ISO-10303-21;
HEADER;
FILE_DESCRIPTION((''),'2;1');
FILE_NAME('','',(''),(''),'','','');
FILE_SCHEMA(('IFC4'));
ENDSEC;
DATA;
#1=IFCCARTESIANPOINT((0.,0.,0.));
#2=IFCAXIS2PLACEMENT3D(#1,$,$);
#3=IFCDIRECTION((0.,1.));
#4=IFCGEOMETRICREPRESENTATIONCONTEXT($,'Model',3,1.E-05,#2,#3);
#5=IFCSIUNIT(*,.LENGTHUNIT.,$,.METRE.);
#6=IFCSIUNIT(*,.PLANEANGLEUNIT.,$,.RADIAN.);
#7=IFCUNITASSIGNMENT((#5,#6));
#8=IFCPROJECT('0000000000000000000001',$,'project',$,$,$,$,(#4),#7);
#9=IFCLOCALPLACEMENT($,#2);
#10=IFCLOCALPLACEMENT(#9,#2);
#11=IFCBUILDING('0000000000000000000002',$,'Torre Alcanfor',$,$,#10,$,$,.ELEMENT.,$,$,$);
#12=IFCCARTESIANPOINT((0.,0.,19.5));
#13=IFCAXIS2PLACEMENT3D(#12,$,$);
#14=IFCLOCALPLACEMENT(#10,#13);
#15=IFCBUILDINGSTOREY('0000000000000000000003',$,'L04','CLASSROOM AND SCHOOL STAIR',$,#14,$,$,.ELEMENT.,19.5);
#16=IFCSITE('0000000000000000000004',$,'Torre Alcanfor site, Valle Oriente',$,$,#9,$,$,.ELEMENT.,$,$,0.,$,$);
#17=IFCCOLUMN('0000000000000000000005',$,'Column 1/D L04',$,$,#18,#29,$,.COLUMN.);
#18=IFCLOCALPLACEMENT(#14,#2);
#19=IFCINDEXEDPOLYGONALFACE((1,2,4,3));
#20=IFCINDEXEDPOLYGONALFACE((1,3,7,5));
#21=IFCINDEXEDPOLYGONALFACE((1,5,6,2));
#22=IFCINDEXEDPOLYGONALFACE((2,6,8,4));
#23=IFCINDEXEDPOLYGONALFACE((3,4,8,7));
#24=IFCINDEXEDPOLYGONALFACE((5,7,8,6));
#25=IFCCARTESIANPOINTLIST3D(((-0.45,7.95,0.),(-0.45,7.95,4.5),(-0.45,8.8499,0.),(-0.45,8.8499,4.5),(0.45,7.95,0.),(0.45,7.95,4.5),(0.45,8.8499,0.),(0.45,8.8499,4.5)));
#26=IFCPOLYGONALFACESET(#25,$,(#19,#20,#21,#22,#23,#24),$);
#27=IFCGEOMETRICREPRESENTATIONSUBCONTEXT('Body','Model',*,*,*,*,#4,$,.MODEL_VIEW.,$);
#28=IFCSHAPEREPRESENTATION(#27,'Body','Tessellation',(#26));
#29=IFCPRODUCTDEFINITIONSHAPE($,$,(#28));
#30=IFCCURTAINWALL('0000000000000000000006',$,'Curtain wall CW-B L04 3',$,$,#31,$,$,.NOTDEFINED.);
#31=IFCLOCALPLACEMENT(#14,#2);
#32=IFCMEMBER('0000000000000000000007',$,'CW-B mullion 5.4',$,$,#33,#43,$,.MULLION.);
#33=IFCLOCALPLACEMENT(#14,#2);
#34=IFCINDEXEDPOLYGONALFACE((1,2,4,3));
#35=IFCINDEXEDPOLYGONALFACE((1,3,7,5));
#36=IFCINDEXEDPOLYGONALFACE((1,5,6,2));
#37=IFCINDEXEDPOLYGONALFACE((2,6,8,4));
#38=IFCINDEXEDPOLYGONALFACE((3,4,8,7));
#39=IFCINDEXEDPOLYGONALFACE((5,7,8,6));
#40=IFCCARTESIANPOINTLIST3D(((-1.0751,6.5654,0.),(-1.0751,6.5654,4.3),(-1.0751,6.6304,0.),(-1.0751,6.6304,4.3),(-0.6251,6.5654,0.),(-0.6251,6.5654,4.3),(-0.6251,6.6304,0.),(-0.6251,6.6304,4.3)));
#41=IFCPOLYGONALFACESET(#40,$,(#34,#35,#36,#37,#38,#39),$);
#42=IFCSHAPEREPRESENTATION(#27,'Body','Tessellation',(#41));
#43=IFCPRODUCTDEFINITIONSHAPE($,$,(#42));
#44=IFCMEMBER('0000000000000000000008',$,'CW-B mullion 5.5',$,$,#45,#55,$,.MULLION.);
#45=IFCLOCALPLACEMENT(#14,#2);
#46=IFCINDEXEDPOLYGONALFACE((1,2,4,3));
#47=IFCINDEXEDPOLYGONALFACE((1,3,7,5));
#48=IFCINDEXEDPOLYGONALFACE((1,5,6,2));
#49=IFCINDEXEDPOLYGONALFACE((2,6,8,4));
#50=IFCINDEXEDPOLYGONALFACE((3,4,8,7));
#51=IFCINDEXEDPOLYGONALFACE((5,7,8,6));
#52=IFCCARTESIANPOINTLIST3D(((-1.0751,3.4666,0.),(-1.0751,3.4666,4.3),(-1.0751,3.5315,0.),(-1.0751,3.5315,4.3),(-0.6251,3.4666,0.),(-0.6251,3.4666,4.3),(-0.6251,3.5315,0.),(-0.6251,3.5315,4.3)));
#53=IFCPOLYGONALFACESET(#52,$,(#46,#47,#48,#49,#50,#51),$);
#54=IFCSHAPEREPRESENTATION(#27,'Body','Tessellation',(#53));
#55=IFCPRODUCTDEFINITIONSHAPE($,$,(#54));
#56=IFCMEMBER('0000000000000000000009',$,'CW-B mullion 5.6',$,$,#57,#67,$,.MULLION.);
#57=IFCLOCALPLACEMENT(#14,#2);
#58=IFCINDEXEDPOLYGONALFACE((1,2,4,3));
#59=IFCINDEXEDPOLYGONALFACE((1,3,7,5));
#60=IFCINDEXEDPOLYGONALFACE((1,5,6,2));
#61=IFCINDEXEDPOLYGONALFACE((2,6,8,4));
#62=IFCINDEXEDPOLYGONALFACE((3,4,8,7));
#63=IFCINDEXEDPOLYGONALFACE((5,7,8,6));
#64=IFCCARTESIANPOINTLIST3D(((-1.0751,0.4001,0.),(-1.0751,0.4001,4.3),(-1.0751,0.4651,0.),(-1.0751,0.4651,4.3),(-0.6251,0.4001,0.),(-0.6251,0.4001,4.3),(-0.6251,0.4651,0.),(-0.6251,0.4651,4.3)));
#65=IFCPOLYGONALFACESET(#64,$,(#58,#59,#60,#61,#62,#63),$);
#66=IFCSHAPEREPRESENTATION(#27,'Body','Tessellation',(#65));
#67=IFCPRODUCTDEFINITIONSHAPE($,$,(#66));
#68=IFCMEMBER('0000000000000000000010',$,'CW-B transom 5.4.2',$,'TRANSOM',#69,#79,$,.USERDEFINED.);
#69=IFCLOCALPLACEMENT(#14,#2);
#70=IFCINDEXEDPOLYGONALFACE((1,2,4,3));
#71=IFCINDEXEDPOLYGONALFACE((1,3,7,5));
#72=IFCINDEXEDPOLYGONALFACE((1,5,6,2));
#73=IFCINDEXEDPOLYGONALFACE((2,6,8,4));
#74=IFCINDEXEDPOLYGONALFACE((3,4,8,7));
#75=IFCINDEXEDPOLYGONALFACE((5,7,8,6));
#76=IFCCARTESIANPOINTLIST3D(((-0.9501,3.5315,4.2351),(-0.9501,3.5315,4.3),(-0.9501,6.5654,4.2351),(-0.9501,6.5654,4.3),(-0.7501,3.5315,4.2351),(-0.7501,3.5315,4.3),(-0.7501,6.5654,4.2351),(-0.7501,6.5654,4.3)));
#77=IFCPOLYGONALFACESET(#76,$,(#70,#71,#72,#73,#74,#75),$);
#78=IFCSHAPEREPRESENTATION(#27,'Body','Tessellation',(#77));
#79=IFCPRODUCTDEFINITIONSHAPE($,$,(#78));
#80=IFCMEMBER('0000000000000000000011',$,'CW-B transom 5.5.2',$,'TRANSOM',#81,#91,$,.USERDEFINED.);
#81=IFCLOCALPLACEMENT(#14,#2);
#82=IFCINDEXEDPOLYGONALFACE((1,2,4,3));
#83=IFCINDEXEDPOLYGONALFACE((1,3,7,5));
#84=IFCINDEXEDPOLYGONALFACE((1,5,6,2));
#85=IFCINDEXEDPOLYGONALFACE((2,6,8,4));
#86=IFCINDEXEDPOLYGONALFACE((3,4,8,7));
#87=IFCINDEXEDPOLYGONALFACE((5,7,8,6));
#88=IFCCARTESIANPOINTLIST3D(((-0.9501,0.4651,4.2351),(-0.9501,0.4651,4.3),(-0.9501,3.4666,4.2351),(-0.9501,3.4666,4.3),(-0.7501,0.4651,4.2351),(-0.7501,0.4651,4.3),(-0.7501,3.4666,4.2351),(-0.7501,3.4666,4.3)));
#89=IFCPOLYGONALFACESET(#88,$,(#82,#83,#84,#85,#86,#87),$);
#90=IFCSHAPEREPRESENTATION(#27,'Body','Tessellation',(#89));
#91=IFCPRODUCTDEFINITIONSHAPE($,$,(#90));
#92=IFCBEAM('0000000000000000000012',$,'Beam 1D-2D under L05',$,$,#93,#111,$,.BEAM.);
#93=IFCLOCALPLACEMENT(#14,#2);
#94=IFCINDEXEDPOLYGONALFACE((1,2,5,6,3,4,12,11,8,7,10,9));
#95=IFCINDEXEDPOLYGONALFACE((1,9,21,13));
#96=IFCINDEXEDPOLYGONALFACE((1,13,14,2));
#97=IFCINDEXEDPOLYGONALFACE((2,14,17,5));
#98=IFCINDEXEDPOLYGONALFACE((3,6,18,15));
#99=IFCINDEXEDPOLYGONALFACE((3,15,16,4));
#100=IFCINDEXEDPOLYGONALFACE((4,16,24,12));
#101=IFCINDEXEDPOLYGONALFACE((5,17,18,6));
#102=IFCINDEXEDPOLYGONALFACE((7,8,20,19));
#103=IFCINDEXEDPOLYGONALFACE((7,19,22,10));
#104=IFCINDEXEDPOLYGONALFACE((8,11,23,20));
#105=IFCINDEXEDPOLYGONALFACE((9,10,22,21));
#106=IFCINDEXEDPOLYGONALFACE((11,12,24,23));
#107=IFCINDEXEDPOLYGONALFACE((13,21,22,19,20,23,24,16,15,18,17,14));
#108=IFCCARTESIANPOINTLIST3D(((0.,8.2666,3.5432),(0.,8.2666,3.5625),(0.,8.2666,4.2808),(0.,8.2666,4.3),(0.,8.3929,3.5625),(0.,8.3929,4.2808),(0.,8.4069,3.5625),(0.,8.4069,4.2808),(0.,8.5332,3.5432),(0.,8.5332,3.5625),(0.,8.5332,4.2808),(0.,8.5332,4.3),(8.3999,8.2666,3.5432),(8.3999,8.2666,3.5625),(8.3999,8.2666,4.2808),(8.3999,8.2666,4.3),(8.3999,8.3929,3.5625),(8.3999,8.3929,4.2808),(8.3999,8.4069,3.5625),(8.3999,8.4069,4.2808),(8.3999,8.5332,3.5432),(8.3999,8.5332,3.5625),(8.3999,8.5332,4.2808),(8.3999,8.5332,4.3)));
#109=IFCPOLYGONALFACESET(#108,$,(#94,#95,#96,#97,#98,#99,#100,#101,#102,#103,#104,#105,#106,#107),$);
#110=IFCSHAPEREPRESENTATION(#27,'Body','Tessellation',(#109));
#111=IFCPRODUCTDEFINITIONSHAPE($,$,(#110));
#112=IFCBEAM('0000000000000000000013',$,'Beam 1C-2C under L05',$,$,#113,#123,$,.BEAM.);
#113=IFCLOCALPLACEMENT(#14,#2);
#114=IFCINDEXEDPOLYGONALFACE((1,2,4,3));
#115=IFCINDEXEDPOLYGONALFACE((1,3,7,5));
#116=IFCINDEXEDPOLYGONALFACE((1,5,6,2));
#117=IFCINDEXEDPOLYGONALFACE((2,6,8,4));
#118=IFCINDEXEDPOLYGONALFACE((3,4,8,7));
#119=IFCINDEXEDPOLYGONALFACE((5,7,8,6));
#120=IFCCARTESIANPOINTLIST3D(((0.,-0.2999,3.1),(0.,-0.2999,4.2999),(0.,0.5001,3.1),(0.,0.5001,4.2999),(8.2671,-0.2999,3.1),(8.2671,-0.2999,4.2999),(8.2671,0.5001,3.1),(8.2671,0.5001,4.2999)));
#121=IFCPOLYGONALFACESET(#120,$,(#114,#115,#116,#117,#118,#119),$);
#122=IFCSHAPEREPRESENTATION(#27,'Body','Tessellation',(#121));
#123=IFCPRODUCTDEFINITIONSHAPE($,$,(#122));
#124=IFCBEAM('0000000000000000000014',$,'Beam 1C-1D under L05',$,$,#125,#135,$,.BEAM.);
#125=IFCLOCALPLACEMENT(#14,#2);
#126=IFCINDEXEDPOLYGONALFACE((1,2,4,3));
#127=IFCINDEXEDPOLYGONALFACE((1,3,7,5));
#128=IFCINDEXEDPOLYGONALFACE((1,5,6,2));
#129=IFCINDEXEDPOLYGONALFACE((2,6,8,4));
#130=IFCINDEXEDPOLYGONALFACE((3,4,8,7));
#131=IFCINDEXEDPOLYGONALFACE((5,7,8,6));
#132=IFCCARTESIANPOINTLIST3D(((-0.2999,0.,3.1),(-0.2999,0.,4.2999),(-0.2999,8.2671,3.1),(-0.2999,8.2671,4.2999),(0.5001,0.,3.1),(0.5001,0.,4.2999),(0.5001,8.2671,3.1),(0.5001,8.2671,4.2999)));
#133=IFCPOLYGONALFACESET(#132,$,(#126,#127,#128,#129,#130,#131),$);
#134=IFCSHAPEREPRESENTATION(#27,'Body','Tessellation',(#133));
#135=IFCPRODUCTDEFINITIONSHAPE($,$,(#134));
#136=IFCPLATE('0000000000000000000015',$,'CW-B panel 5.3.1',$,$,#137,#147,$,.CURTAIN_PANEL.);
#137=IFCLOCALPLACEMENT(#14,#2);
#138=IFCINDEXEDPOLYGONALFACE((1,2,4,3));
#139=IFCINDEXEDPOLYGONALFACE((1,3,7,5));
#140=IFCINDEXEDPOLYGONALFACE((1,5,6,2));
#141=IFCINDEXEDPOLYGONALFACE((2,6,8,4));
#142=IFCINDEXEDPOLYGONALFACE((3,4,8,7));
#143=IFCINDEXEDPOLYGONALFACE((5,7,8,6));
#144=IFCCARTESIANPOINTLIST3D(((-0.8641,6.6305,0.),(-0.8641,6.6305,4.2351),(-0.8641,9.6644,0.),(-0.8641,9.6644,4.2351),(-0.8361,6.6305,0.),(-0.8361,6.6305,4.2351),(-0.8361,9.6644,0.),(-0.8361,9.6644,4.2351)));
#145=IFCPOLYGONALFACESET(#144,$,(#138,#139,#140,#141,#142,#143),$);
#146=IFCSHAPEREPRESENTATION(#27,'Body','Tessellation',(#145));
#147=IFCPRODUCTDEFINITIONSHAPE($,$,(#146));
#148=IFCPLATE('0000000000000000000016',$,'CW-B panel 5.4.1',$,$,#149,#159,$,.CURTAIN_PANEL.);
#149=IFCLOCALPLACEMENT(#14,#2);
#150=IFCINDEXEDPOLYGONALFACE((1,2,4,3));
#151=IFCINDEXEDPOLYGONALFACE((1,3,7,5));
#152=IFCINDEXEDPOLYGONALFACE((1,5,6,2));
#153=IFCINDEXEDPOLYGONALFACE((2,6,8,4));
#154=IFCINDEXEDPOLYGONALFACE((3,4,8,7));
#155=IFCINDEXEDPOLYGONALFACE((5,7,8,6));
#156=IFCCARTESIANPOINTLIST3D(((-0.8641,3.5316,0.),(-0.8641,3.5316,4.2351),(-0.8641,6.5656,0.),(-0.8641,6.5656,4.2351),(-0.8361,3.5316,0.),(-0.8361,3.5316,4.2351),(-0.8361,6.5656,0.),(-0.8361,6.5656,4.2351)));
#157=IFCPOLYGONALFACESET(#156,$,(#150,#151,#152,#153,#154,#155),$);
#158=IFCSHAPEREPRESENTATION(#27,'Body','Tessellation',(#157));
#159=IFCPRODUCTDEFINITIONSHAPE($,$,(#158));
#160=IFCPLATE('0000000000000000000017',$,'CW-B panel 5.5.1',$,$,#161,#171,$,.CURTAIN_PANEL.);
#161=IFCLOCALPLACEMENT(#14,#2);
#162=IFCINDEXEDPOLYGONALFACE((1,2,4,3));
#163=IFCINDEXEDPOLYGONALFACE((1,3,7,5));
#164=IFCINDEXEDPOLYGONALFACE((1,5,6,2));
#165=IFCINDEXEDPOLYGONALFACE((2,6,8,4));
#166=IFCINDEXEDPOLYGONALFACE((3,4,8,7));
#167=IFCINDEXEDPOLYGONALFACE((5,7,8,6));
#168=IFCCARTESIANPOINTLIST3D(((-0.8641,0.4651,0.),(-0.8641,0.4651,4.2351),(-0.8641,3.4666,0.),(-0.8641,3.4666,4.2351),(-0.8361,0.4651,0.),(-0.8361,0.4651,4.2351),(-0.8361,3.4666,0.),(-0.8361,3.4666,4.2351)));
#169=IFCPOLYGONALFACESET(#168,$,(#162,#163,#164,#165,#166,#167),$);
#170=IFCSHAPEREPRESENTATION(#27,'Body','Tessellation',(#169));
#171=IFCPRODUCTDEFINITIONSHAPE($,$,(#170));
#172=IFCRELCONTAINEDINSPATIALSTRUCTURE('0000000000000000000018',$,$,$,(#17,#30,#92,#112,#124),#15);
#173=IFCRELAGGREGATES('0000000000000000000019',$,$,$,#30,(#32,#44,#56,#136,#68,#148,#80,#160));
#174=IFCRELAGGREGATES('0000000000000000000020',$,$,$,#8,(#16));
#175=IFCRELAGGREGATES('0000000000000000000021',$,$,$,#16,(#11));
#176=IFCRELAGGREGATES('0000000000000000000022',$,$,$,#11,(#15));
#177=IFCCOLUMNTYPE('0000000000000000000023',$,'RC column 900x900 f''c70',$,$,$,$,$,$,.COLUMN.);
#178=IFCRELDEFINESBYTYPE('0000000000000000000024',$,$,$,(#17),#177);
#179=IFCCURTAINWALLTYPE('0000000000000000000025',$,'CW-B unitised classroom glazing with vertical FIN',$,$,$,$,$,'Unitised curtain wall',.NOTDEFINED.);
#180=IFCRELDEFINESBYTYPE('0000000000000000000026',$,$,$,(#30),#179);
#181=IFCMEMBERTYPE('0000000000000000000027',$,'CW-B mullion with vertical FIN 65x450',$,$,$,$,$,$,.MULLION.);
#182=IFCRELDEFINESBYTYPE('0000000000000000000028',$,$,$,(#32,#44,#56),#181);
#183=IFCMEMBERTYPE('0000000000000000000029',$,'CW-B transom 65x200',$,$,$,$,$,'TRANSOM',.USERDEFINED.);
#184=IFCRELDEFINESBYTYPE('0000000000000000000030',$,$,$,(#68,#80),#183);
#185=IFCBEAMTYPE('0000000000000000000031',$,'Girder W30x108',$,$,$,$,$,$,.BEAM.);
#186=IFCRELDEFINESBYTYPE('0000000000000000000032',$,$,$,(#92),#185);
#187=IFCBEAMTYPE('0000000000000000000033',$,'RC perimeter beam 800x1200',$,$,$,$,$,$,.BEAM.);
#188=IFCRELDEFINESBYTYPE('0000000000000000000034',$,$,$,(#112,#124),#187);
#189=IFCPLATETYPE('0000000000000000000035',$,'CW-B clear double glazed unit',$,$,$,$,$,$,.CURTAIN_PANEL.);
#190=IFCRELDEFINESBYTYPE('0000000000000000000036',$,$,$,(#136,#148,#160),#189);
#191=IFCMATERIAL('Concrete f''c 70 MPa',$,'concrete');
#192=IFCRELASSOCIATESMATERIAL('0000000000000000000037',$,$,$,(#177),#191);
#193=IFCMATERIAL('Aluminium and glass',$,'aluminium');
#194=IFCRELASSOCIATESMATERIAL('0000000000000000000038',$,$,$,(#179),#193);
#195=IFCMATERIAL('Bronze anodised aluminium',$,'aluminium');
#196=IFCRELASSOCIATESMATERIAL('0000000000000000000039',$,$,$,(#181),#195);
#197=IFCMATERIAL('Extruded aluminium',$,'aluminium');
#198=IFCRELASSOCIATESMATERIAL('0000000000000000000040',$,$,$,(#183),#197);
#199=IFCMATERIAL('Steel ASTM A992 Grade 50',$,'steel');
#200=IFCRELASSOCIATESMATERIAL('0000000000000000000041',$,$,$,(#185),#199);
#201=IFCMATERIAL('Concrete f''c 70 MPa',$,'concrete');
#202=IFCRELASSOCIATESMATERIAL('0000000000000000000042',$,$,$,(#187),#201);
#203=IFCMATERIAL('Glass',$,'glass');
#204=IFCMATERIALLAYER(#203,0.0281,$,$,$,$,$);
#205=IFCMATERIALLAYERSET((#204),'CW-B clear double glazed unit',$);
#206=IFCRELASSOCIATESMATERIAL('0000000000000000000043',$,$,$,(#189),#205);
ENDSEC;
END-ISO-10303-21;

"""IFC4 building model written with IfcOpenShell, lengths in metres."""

from ifc_helpers import new_model, si_unit, direction, frame, origin, origin_2d, place, context, subcontext, project, spatial, rectangle, i_section, extrude, material, layer, layer_set, material_profile, profile_set, type_object, element, aggregate, save


model = new_model("IFC4")

# Units and contexts
model_context = context("Model", 3, precision=1e-05, world=origin(), true_north=direction((0.0, 1.0)))
body_context = subcontext(model_context, "Body", "Model", "MODEL_VIEW")
ifc_project = project(units=[si_unit("LENGTHUNIT", "METRE"), si_unit("PLANEANGLEUNIT", "RADIAN")], contexts=[model_context])

# Site, building, storey
site_placement = place(None, origin())
site = spatial("IfcSite", under=ifc_project, at=site_placement, Name="Torre Alcanfor site, Valle Oriente", CompositionType="ELEMENT", RefElevation=0.0)
building_placement = place(site_placement, origin())
building = spatial("IfcBuilding", under=site, at=building_placement, Name="Torre Alcanfor", CompositionType="ELEMENT")
storey_placement = place(building_placement, frame((0.0, 0.0, 19.5)))
storey = spatial("IfcBuildingStorey", under=building, at=storey_placement, Name="L04", Description="CLASSROOM AND SCHOOL STAIR", CompositionType="ELEMENT", Elevation=19.5)

# Column
ifc_material_1 = material(Name="Concrete f'c 70 MPa", Category="concrete")
ifc_material_profile_1 = material_profile(ifc_material_1, rectangle(XDim=0.8999, YDim=0.8999, at=origin_2d()), Name="900x900")
ifc_profile_set_1 = profile_set([ifc_material_profile_1], Name="Concrete f'c 70 MPa")
column_type = type_object("IfcColumnType", Name="RC column 900x900 f'c70", PredefinedType="COLUMN", material=ifc_profile_set_1)
column_placement = place(storey_placement, frame((0.0, 8.3999, 0.0), z_axis=(0.0, 0.0, 1.0), x_axis=(1.0, 0.0, 0.0)))
element("IfcColumn", 1, at=column_placement, inside=storey, type_object=column_type, Name="Column 1/D L04", PredefinedType="COLUMN", context=body_context, shape_type="SweptSolid", body=[
    extrude(rectangle(XDim=0.8999, YDim=0.8999, at=origin_2d()), origin(), (0.0, 0.0, 1.0), 4.5),
])

# Curtain wall, members
ifc_material_2 = material(Name="Aluminium and glass", Category="aluminium")
curtain_wall_type = type_object("IfcCurtainWallType", Name="CW-B unitised classroom glazing with vertical FIN", ElementType="Unitised curtain wall", PredefinedType="NOTDEFINED", material=ifc_material_2)
curtain_wall_placement = place(storey_placement, origin())
curtain_wall = element("IfcCurtainWall", 2, at=curtain_wall_placement, inside=storey, type_object=curtain_wall_type, Name="Curtain wall CW-B L04 3", PredefinedType="NOTDEFINED")
ifc_material_3 = material(Name="Bronze anodised aluminium", Category="aluminium")
ifc_material_profile_2 = material_profile(ifc_material_3, rectangle(XDim=0.45, YDim=0.0649, at=origin_2d()), Name="CW-B mullion 65x450")
ifc_profile_set_2 = profile_set([ifc_material_profile_2], Name="Bronze anodised aluminium")
member_type_1 = type_object("IfcMemberType", Name="CW-B mullion with vertical FIN 65x450", PredefinedType="MULLION", material=ifc_profile_set_2)
member_1_placement = place(storey_placement, frame((-0.8501, 6.5979, 0.0), z_axis=(0.0, 0.0, 1.0), x_axis=(1.0, 0.0, 0.0)))
member_1 = element("IfcMember", 3, at=member_1_placement, type_object=member_type_1, Name="CW-B mullion 5.4", PredefinedType="MULLION", context=body_context, shape_type="SweptSolid", body=[
    extrude(rectangle(XDim=0.45, YDim=0.0649, at=origin_2d()), origin(), (0.0, 0.0, 1.0), 4.3),
])
member_2_placement = place(storey_placement, frame((-0.8501, 3.499, 0.0), z_axis=(0.0, 0.0, 1.0), x_axis=(1.0, 0.0, 0.0)))
member_2 = element("IfcMember", 4, at=member_2_placement, type_object=member_type_1, Name="CW-B mullion 5.5", PredefinedType="MULLION", context=body_context, shape_type="SweptSolid", body=[
    extrude(rectangle(XDim=0.45, YDim=0.0649, at=origin_2d()), origin(), (0.0, 0.0, 1.0), 4.3),
])
member_3_placement = place(storey_placement, frame((-0.8501, 0.4326, 0.0), z_axis=(0.0, 0.0, 1.0), x_axis=(1.0, 0.0, 0.0)))
member_3 = element("IfcMember", 5, at=member_3_placement, type_object=member_type_1, Name="CW-B mullion 5.6", PredefinedType="MULLION", context=body_context, shape_type="SweptSolid", body=[
    extrude(rectangle(XDim=0.45, YDim=0.0649, at=origin_2d()), origin(), (0.0, 0.0, 1.0), 4.3),
])
ifc_material_4 = material(Name="Extruded aluminium", Category="aluminium")
ifc_material_profile_3 = material_profile(ifc_material_4, rectangle(XDim=0.2, YDim=0.0649, at=origin_2d()), Name="CW-B transom 200x65")
ifc_profile_set_3 = profile_set([ifc_material_profile_3], Name="Extruded aluminium")
member_type_2 = type_object("IfcMemberType", Name="CW-B transom 65x200", ElementType="TRANSOM", PredefinedType="USERDEFINED", material=ifc_profile_set_3)
member_4_placement = place(storey_placement, frame((-0.8501, 6.5654, 4.2676), z_axis=(0.0, -1.0, 0.0), x_axis=(1.0, 0.0, 0.0)))
member_4 = element("IfcMember", 6, at=member_4_placement, type_object=member_type_2, Name="CW-B transom 5.4.2", ObjectType="TRANSOM", PredefinedType="USERDEFINED", context=body_context, shape_type="SweptSolid", body=[
    extrude(rectangle(XDim=0.2, YDim=0.0649, at=origin_2d()), origin(), (0.0, 0.0, 1.0), 3.0339),
])
member_5_placement = place(storey_placement, frame((-0.8501, 3.4666, 4.2676), z_axis=(0.0, -1.0, 0.0), x_axis=(1.0, 0.0, 0.0)))
member_5 = element("IfcMember", 7, at=member_5_placement, type_object=member_type_2, Name="CW-B transom 5.5.2", ObjectType="TRANSOM", PredefinedType="USERDEFINED", context=body_context, shape_type="SweptSolid", body=[
    extrude(rectangle(XDim=0.2, YDim=0.0649, at=origin_2d()), origin(), (0.0, 0.0, 1.0), 3.0015),
])

# Beams
ifc_material_5 = material(Name="Steel ASTM A992 Grade 50", Category="steel")
ifc_material_profile_4 = material_profile(ifc_material_5, i_section(OverallWidth=0.2666, OverallDepth=0.7568, WebThickness=0.0139, FlangeThickness=0.0193, at=origin_2d()), Name="W30x108")
ifc_profile_set_4 = profile_set([ifc_material_profile_4], Name="Steel ASTM A992 Grade 50")
beam_type_1 = type_object("IfcBeamType", Name="Girder W30x108", PredefinedType="BEAM", material=ifc_profile_set_4)
beam_placement = place(storey_placement, frame((0.0, 8.3999, 3.9216), z_axis=(1.0, 0.0, 0.0), x_axis=(0.0, 1.0, 0.0)))
element("IfcBeam", 8, at=beam_placement, inside=storey, type_object=beam_type_1, Name="Beam 1D-2D under L05", PredefinedType="BEAM", context=body_context, shape_type="SweptSolid", body=[
    extrude(i_section(OverallWidth=0.2666, OverallDepth=0.7568, WebThickness=0.0139, FlangeThickness=0.0193, at=origin_2d()), origin(), (0.0, 0.0, 1.0), 8.3999),
])
ifc_material_6 = material(Name="Concrete f'c 70 MPa", Category="concrete")
ifc_material_profile_5 = material_profile(ifc_material_6, rectangle(XDim=0.8, YDim=1.2, at=origin_2d()), Name="800x1200")
ifc_profile_set_5 = profile_set([ifc_material_profile_5], Name="Concrete f'c 70 MPa")
beam_type_2 = type_object("IfcBeamType", Name="RC perimeter beam 800x1200", PredefinedType="BEAM", material=ifc_profile_set_5)
for number, where, z_axis, x_axis, name in (
    (9, (0.0, 0.1001, 3.7), (1.0, 0.0, 0.0), (0.0, 1.0, 0.0), "Beam 1C-2C under L05"),
    (10, (0.1001, 0.0, 3.7), (0.0, 1.0, 0.0), (-1.0, 0.0, 0.0), "Beam 1C-1D under L05"),
):
    element("IfcBeam", number, at=place(storey_placement, frame(where, z_axis=z_axis, x_axis=x_axis)), inside=storey, type_object=beam_type_2, Name=name, PredefinedType="BEAM", context=body_context, shape_type="SweptSolid", body=[
        extrude(rectangle(XDim=0.8, YDim=1.2, at=origin_2d()), origin(), (0.0, 0.0, 1.0), 8.2671),
    ])

# Plates
ifc_material_7 = material(Name="Glass", Category="glass")
ifc_layer_1 = layer(ifc_material_7, 0.0281)
ifc_layer_set_1 = layer_set([ifc_layer_1], Name="CW-B clear double glazed unit")
plate_type = type_object("IfcPlateType", Name="CW-B clear double glazed unit", PredefinedType="CURTAIN_PANEL", material=ifc_layer_set_1)
plate_1_placement = place(storey_placement, frame((-0.8501, 8.1475, 0.0), z_axis=(0.0, 0.0, 1.0), x_axis=(0.0, -1.0, 0.0)))
plate_1 = element("IfcPlate", 11, at=plate_1_placement, type_object=plate_type, Name="CW-B panel 5.3.1", PredefinedType="CURTAIN_PANEL", context=body_context, shape_type="SweptSolid", body=[
    extrude(rectangle(XDim=3.0339, YDim=0.0281, at=origin_2d()), origin(), (0.0, 0.0, 1.0), 4.2351),
])
plate_2_placement = place(storey_placement, frame((-0.8501, 5.0486, 0.0), z_axis=(0.0, 0.0, 1.0), x_axis=(0.0, -1.0, 0.0)))
plate_2 = element("IfcPlate", 12, at=plate_2_placement, type_object=plate_type, Name="CW-B panel 5.4.1", PredefinedType="CURTAIN_PANEL", context=body_context, shape_type="SweptSolid", body=[
    extrude(rectangle(XDim=3.0339, YDim=0.0281, at=origin_2d()), origin(), (0.0, 0.0, 1.0), 4.2351),
])
plate_3_placement = place(storey_placement, frame((-0.8501, 1.9658, 0.0), z_axis=(0.0, 0.0, 1.0), x_axis=(0.0, -1.0, 0.0)))
plate_3 = element("IfcPlate", 13, at=plate_3_placement, type_object=plate_type, Name="CW-B panel 5.5.1", PredefinedType="CURTAIN_PANEL", context=body_context, shape_type="SweptSolid", body=[
    extrude(rectangle(XDim=3.0015, YDim=0.0281, at=origin_2d()), origin(), (0.0, 0.0, 1.0), 4.2351),
])
aggregate(curtain_wall, [member_1, member_2, member_3, plate_1, member_4, plate_2, member_5, plate_3])

save(model, "model.ifc")
